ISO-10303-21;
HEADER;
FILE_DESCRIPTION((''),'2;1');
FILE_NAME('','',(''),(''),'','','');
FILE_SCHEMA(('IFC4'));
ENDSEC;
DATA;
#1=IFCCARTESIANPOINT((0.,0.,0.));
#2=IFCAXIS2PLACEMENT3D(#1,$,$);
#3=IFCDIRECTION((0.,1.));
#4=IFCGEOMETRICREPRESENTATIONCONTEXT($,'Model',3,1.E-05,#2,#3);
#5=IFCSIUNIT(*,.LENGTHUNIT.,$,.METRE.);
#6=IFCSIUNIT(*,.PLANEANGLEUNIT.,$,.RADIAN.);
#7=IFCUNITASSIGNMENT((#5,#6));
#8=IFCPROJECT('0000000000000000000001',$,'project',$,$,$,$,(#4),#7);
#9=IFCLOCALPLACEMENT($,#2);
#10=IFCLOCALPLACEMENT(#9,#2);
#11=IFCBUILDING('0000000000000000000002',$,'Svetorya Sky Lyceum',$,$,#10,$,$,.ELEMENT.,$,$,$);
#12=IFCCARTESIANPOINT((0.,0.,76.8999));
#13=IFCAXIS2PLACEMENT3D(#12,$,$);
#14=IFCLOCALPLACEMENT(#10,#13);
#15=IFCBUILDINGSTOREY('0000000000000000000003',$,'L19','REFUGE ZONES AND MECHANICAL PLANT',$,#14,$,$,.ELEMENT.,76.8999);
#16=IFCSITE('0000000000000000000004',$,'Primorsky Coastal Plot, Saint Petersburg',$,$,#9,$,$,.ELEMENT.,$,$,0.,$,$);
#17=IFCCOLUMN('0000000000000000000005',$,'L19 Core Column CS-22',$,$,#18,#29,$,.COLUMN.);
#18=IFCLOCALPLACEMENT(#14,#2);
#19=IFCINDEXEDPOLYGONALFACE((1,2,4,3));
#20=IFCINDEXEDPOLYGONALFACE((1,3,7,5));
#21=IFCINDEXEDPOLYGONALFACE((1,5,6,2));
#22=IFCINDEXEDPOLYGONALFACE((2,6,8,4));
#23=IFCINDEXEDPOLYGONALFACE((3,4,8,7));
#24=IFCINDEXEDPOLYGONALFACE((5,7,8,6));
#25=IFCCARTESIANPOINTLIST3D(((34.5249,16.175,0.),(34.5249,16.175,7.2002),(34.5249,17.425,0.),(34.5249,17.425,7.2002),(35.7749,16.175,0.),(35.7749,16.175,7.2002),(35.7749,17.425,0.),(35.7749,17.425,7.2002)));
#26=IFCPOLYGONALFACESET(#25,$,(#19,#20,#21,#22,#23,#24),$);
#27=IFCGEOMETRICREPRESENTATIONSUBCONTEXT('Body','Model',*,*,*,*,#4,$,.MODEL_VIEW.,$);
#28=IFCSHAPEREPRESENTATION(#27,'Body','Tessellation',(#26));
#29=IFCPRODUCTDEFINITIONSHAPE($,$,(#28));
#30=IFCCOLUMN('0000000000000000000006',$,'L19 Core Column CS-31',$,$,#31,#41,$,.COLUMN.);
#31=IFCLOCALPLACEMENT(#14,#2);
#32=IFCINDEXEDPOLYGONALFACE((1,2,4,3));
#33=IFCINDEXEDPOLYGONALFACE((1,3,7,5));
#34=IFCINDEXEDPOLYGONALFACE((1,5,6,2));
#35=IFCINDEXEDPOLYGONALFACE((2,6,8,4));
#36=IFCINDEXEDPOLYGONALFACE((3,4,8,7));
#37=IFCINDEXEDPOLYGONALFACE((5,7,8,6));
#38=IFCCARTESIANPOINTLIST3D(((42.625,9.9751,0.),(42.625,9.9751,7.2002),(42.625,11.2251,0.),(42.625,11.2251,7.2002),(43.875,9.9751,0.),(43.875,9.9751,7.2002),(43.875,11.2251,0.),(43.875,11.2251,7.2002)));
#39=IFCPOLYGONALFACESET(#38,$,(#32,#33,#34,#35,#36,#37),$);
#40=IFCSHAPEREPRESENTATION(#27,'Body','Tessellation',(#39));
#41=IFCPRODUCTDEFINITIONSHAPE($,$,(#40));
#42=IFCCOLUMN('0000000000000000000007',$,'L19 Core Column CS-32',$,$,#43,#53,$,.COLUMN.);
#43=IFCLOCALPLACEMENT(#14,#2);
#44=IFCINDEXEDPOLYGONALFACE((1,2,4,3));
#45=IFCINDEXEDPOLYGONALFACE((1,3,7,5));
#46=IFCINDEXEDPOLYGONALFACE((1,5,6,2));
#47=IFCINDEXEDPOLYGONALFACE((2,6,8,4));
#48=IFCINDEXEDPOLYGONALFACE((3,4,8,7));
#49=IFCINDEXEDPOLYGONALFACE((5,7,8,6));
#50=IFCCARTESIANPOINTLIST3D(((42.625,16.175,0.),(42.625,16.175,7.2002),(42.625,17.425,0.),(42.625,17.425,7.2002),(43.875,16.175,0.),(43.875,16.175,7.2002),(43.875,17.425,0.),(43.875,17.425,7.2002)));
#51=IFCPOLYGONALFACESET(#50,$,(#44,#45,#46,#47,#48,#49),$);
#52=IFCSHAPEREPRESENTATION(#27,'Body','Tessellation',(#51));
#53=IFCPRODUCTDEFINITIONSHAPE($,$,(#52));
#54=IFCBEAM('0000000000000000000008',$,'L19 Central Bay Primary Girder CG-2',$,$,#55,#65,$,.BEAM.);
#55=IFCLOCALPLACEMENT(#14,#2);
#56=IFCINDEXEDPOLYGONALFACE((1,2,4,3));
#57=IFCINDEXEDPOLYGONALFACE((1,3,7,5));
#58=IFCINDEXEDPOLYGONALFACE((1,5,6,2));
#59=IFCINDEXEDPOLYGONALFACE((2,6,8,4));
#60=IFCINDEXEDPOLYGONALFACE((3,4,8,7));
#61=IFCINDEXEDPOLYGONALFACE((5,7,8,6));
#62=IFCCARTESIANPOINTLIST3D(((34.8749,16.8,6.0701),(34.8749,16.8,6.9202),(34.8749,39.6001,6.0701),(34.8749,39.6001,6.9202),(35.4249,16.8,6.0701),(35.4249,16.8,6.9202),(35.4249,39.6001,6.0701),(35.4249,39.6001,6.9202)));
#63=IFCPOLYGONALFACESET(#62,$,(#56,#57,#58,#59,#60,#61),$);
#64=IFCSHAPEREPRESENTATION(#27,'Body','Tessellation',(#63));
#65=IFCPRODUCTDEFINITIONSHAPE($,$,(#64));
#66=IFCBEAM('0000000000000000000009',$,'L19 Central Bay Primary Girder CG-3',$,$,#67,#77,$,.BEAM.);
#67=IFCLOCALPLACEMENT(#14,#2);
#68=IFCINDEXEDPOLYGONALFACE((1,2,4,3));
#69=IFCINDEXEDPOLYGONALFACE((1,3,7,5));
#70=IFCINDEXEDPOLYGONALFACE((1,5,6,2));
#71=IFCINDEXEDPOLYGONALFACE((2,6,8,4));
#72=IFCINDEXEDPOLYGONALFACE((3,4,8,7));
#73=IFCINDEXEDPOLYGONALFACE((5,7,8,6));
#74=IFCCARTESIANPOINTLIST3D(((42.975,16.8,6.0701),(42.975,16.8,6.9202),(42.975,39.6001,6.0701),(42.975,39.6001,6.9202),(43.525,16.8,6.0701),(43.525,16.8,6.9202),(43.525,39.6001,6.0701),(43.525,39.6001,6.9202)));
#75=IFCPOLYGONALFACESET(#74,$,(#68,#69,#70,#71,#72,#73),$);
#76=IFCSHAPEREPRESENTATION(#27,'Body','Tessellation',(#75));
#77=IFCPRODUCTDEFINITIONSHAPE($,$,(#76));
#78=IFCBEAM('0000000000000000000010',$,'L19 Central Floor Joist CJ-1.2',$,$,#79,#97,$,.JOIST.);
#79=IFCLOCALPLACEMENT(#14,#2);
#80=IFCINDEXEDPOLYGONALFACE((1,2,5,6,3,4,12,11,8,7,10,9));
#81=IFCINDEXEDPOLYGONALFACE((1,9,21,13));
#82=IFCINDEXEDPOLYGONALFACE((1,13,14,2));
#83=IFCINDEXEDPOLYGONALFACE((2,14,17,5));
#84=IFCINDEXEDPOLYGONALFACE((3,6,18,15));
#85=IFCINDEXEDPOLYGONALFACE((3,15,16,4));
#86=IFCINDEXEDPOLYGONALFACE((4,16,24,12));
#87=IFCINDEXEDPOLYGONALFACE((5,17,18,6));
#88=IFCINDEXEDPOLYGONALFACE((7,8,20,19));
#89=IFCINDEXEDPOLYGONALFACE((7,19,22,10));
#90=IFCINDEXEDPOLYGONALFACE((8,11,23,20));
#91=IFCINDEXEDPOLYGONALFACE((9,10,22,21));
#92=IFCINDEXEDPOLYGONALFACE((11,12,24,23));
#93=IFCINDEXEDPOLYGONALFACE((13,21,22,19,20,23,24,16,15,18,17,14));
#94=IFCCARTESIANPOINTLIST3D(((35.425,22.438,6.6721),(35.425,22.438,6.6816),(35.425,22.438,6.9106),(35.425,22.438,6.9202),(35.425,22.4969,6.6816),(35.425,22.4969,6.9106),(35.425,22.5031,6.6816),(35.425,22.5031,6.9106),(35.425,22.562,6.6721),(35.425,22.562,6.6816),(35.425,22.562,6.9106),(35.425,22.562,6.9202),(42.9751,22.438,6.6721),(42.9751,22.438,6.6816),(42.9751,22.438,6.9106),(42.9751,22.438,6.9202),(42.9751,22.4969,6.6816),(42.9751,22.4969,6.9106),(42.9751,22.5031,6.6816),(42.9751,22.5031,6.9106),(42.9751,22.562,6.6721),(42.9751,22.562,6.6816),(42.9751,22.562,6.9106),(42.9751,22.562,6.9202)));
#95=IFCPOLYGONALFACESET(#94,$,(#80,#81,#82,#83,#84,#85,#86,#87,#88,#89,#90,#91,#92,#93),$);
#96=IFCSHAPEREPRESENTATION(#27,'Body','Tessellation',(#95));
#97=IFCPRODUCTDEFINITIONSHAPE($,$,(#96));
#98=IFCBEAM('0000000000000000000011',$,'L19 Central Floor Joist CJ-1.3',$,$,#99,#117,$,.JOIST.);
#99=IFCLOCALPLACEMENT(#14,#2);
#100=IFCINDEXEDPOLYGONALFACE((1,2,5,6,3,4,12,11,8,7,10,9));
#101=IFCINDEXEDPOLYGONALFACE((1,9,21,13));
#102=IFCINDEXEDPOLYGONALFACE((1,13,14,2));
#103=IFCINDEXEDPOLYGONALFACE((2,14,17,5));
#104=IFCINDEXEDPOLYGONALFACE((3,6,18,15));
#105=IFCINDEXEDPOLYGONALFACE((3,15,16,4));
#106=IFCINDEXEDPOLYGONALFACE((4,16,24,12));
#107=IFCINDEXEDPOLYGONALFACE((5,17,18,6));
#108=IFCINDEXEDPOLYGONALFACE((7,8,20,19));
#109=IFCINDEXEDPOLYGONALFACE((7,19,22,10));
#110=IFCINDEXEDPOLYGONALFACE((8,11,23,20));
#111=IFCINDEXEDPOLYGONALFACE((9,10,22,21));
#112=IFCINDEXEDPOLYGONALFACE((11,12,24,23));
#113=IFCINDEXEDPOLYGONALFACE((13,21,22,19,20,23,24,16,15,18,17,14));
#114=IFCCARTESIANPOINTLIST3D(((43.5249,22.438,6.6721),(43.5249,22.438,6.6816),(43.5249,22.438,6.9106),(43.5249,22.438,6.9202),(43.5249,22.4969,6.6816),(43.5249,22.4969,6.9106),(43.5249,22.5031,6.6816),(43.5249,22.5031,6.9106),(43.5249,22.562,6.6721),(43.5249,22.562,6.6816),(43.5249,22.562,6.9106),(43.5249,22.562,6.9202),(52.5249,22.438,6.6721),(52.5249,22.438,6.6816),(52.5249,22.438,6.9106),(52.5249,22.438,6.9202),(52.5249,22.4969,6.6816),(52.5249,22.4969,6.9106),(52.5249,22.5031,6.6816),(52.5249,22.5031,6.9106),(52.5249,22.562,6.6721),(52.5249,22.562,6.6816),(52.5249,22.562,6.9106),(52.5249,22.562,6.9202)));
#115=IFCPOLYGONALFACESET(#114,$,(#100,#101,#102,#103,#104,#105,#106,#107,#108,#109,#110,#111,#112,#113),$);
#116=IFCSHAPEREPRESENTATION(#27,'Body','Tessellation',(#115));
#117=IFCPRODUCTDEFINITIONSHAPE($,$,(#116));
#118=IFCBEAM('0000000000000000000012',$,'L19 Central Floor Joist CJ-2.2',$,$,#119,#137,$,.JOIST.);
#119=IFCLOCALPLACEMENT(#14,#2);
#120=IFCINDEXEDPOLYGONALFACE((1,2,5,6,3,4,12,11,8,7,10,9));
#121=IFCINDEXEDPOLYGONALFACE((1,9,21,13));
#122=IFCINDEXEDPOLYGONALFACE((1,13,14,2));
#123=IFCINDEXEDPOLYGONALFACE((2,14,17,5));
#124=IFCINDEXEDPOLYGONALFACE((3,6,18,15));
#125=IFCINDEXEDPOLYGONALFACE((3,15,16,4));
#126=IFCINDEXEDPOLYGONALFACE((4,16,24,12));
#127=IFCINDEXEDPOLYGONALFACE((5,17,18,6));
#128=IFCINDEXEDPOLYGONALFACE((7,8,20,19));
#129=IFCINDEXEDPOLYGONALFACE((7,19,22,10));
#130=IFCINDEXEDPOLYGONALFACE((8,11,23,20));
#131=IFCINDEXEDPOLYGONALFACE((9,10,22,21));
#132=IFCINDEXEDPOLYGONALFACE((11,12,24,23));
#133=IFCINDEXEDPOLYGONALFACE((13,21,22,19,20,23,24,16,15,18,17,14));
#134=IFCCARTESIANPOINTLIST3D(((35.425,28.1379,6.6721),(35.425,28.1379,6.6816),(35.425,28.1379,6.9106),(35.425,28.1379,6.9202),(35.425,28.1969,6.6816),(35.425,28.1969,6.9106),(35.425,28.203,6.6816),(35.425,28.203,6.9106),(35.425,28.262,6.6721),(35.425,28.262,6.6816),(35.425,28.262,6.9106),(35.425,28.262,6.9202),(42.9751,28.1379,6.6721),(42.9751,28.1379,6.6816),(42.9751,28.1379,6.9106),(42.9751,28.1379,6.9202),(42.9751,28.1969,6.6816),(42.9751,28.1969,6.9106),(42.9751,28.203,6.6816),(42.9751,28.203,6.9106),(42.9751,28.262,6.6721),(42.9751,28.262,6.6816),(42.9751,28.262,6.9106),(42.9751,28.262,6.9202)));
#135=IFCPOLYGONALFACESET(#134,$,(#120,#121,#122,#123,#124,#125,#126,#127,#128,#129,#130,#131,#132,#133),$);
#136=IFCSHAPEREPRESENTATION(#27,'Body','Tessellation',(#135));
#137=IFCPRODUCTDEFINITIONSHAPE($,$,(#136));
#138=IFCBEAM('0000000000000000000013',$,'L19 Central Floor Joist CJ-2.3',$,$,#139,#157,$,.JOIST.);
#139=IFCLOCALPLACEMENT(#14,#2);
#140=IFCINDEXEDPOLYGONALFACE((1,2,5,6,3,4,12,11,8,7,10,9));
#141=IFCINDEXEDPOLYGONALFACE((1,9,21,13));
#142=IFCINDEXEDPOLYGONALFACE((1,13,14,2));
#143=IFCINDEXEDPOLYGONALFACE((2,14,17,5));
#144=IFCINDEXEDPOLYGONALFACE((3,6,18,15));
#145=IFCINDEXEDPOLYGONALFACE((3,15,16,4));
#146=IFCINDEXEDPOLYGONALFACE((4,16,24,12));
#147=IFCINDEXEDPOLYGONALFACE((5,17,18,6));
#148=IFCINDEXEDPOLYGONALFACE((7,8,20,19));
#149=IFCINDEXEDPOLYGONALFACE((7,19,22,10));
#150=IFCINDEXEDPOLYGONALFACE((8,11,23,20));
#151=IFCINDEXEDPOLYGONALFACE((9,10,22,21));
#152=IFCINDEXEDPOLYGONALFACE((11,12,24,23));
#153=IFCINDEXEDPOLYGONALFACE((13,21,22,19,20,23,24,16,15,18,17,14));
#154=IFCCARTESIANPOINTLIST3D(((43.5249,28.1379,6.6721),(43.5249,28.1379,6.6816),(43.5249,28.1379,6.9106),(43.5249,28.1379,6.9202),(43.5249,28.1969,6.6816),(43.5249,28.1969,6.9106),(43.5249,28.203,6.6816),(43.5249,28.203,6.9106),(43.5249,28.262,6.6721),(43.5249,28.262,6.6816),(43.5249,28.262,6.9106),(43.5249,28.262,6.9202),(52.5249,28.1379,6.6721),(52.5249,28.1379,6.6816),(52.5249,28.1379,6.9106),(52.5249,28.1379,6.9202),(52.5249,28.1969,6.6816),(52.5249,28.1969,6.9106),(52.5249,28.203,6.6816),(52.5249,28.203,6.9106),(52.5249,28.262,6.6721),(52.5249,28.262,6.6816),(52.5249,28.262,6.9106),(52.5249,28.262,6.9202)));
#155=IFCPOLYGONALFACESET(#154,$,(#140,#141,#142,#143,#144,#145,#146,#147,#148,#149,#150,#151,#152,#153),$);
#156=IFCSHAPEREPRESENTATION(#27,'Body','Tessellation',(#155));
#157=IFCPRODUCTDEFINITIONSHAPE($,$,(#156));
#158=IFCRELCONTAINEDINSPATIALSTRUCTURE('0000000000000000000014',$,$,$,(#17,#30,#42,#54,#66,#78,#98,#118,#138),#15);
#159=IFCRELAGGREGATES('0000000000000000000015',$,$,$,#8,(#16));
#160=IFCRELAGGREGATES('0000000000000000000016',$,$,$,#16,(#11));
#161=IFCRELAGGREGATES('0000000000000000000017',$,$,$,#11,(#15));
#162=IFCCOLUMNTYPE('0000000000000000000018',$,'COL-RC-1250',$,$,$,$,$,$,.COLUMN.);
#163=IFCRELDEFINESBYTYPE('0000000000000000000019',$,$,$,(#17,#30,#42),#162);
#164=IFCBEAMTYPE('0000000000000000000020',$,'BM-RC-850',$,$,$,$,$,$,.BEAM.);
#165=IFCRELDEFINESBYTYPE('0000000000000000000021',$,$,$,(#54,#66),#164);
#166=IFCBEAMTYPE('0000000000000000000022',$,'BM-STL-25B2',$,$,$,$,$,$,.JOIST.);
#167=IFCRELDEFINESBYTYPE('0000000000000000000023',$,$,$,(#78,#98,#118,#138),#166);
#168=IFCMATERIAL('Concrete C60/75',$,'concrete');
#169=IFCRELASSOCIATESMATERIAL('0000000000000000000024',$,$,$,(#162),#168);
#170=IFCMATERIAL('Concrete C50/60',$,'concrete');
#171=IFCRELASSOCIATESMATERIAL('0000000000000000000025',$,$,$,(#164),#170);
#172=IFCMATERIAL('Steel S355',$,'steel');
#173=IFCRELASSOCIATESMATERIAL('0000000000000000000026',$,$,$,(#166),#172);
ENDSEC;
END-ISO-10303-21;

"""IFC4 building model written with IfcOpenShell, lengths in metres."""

from ifc_helpers import new_model, si_unit, direction, frame, origin, origin_2d, place, context, subcontext, project, spatial, rectangle, i_section, extrude, material, material_profile, profile_set, type_object, element, save


model = new_model("IFC4")

# Units and contexts
model_context = context("Model", 3, precision=1e-05, world=origin(), true_north=direction((0.0, 1.0)))
body_context = subcontext(model_context, "Body", "Model", "MODEL_VIEW")
ifc_project = project(units=[si_unit("LENGTHUNIT", "METRE"), si_unit("PLANEANGLEUNIT", "RADIAN")], contexts=[model_context])

# Site, building, storey
site_placement = place(None, origin())
site = spatial("IfcSite", under=ifc_project, at=site_placement, Name="Primorsky Coastal Plot, Saint Petersburg", CompositionType="ELEMENT", RefElevation=0.0)
building_placement = place(site_placement, origin())
building = spatial("IfcBuilding", under=site, at=building_placement, Name="Svetorya Sky Lyceum", CompositionType="ELEMENT")
storey_placement = place(building_placement, frame((0.0, 0.0, 76.8999)))
storey = spatial("IfcBuildingStorey", under=building, at=storey_placement, Name="L19", Description="REFUGE ZONES AND MECHANICAL PLANT", CompositionType="ELEMENT", Elevation=76.8999)

# Columns
ifc_material_1 = material(Name="Concrete C60/75", Category="concrete")
ifc_material_profile_1 = material_profile(ifc_material_1, rectangle(XDim=1.25, YDim=1.25, at=origin_2d()), Name="RC COL 1250x1250")
ifc_profile_set_1 = profile_set([ifc_material_profile_1], Name="Concrete C60/75")
column_type = type_object("IfcColumnType", Name="COL-RC-1250", PredefinedType="COLUMN", material=ifc_profile_set_1)
for number, where, z_axis, x_axis, name in (
    (1, (35.1499, 16.8, 0.0), (0.0, 0.0, 1.0), (1.0, 0.0, 0.0), "L19 Core Column CS-22"),
    (2, (43.25, 10.6001, 0.0), (0.0, 0.0, 1.0), (1.0, 0.0, 0.0), "L19 Core Column CS-31"),
    (3, (43.25, 16.8, 0.0), (0.0, 0.0, 1.0), (1.0, 0.0, 0.0), "L19 Core Column CS-32"),
):
    element("IfcColumn", number, at=place(storey_placement, frame(where, z_axis=z_axis, x_axis=x_axis)), inside=storey, type_object=column_type, Name=name, PredefinedType="COLUMN", context=body_context, shape_type="SweptSolid", body=[
        extrude(rectangle(XDim=1.25, YDim=1.25, at=origin_2d()), origin(), (0.0, 0.0, 1.0), 7.2002),
    ])

# Beams
ifc_material_2 = material(Name="Concrete C50/60", Category="concrete")
ifc_material_profile_2 = material_profile(ifc_material_2, rectangle(XDim=0.55, YDim=0.8501, at=origin_2d()), Name="RC BEAM 550x850")
ifc_profile_set_2 = profile_set([ifc_material_profile_2], Name="Concrete C50/60")
beam_type_1 = type_object("IfcBeamType", Name="BM-RC-850", PredefinedType="BEAM", material=ifc_profile_set_2)
for number, where, z_axis, x_axis, name in (
    (4, (35.1499, 16.8, 6.4951), (0.0, 1.0, 0.0), (-1.0, 0.0, 0.0), "L19 Central Bay Primary Girder CG-2"),
    (5, (43.25, 16.8, 6.4951), (0.0, 1.0, 0.0), (-1.0, 0.0, 0.0), "L19 Central Bay Primary Girder CG-3"),
):
    element("IfcBeam", number, at=place(storey_placement, frame(where, z_axis=z_axis, x_axis=x_axis)), inside=storey, type_object=beam_type_1, Name=name, PredefinedType="BEAM", context=body_context, shape_type="SweptSolid", body=[
        extrude(rectangle(XDim=0.55, YDim=0.8501, at=origin_2d()), origin(), (0.0, 0.0, 1.0), 22.8),
    ])
ifc_material_3 = material(Name="Steel S355", Category="steel")
ifc_material_profile_3 = material_profile(ifc_material_3, i_section(OverallWidth=0.124, OverallDepth=0.248, WebThickness=0.0061, FlangeThickness=0.0095, at=origin_2d()), Name="GOST 25B2")
ifc_profile_set_3 = profile_set([ifc_material_profile_3], Name="Steel S355")
beam_type_2 = type_object("IfcBeamType", Name="BM-STL-25B2", PredefinedType="JOIST", material=ifc_profile_set_3)
beam_1_placement = place(storey_placement, frame((35.425, 22.5, 6.7961), z_axis=(1.0, 0.0, 0.0), x_axis=(0.0, 1.0, 0.0)))
element("IfcBeam", 6, at=beam_1_placement, inside=storey, type_object=beam_type_2, Name="L19 Central Floor Joist CJ-1.2", PredefinedType="JOIST", context=body_context, shape_type="SweptSolid", body=[
    extrude(i_section(OverallWidth=0.124, OverallDepth=0.248, WebThickness=0.0061, FlangeThickness=0.0095, at=origin_2d()), origin(), (0.0, 0.0, 1.0), 7.55),
])
beam_2_placement = place(storey_placement, frame((43.5249, 22.5, 6.7961), z_axis=(1.0, 0.0, 0.0), x_axis=(0.0, 1.0, 0.0)))
element("IfcBeam", 7, at=beam_2_placement, inside=storey, type_object=beam_type_2, Name="L19 Central Floor Joist CJ-1.3", PredefinedType="JOIST", context=body_context, shape_type="SweptSolid", body=[
    extrude(i_section(OverallWidth=0.124, OverallDepth=0.248, WebThickness=0.0061, FlangeThickness=0.0095, at=origin_2d()), origin(), (0.0, 0.0, 1.0), 9.0),
])
beam_3_placement = place(storey_placement, frame((35.425, 28.2, 6.7961), z_axis=(1.0, 0.0, 0.0), x_axis=(0.0, 1.0, 0.0)))
element("IfcBeam", 8, at=beam_3_placement, inside=storey, type_object=beam_type_2, Name="L19 Central Floor Joist CJ-2.2", PredefinedType="JOIST", context=body_context, shape_type="SweptSolid", body=[
    extrude(i_section(OverallWidth=0.124, OverallDepth=0.248, WebThickness=0.0061, FlangeThickness=0.0095, at=origin_2d()), origin(), (0.0, 0.0, 1.0), 7.55),
])
beam_4_placement = place(storey_placement, frame((43.5249, 28.2, 6.7961), z_axis=(1.0, 0.0, 0.0), x_axis=(0.0, 1.0, 0.0)))
element("IfcBeam", 9, at=beam_4_placement, inside=storey, type_object=beam_type_2, Name="L19 Central Floor Joist CJ-2.3", PredefinedType="JOIST", context=body_context, shape_type="SweptSolid", body=[
    extrude(i_section(OverallWidth=0.124, OverallDepth=0.248, WebThickness=0.0061, FlangeThickness=0.0095, at=origin_2d()), origin(), (0.0, 0.0, 1.0), 9.0),
])

save(model, "model.ifc")
